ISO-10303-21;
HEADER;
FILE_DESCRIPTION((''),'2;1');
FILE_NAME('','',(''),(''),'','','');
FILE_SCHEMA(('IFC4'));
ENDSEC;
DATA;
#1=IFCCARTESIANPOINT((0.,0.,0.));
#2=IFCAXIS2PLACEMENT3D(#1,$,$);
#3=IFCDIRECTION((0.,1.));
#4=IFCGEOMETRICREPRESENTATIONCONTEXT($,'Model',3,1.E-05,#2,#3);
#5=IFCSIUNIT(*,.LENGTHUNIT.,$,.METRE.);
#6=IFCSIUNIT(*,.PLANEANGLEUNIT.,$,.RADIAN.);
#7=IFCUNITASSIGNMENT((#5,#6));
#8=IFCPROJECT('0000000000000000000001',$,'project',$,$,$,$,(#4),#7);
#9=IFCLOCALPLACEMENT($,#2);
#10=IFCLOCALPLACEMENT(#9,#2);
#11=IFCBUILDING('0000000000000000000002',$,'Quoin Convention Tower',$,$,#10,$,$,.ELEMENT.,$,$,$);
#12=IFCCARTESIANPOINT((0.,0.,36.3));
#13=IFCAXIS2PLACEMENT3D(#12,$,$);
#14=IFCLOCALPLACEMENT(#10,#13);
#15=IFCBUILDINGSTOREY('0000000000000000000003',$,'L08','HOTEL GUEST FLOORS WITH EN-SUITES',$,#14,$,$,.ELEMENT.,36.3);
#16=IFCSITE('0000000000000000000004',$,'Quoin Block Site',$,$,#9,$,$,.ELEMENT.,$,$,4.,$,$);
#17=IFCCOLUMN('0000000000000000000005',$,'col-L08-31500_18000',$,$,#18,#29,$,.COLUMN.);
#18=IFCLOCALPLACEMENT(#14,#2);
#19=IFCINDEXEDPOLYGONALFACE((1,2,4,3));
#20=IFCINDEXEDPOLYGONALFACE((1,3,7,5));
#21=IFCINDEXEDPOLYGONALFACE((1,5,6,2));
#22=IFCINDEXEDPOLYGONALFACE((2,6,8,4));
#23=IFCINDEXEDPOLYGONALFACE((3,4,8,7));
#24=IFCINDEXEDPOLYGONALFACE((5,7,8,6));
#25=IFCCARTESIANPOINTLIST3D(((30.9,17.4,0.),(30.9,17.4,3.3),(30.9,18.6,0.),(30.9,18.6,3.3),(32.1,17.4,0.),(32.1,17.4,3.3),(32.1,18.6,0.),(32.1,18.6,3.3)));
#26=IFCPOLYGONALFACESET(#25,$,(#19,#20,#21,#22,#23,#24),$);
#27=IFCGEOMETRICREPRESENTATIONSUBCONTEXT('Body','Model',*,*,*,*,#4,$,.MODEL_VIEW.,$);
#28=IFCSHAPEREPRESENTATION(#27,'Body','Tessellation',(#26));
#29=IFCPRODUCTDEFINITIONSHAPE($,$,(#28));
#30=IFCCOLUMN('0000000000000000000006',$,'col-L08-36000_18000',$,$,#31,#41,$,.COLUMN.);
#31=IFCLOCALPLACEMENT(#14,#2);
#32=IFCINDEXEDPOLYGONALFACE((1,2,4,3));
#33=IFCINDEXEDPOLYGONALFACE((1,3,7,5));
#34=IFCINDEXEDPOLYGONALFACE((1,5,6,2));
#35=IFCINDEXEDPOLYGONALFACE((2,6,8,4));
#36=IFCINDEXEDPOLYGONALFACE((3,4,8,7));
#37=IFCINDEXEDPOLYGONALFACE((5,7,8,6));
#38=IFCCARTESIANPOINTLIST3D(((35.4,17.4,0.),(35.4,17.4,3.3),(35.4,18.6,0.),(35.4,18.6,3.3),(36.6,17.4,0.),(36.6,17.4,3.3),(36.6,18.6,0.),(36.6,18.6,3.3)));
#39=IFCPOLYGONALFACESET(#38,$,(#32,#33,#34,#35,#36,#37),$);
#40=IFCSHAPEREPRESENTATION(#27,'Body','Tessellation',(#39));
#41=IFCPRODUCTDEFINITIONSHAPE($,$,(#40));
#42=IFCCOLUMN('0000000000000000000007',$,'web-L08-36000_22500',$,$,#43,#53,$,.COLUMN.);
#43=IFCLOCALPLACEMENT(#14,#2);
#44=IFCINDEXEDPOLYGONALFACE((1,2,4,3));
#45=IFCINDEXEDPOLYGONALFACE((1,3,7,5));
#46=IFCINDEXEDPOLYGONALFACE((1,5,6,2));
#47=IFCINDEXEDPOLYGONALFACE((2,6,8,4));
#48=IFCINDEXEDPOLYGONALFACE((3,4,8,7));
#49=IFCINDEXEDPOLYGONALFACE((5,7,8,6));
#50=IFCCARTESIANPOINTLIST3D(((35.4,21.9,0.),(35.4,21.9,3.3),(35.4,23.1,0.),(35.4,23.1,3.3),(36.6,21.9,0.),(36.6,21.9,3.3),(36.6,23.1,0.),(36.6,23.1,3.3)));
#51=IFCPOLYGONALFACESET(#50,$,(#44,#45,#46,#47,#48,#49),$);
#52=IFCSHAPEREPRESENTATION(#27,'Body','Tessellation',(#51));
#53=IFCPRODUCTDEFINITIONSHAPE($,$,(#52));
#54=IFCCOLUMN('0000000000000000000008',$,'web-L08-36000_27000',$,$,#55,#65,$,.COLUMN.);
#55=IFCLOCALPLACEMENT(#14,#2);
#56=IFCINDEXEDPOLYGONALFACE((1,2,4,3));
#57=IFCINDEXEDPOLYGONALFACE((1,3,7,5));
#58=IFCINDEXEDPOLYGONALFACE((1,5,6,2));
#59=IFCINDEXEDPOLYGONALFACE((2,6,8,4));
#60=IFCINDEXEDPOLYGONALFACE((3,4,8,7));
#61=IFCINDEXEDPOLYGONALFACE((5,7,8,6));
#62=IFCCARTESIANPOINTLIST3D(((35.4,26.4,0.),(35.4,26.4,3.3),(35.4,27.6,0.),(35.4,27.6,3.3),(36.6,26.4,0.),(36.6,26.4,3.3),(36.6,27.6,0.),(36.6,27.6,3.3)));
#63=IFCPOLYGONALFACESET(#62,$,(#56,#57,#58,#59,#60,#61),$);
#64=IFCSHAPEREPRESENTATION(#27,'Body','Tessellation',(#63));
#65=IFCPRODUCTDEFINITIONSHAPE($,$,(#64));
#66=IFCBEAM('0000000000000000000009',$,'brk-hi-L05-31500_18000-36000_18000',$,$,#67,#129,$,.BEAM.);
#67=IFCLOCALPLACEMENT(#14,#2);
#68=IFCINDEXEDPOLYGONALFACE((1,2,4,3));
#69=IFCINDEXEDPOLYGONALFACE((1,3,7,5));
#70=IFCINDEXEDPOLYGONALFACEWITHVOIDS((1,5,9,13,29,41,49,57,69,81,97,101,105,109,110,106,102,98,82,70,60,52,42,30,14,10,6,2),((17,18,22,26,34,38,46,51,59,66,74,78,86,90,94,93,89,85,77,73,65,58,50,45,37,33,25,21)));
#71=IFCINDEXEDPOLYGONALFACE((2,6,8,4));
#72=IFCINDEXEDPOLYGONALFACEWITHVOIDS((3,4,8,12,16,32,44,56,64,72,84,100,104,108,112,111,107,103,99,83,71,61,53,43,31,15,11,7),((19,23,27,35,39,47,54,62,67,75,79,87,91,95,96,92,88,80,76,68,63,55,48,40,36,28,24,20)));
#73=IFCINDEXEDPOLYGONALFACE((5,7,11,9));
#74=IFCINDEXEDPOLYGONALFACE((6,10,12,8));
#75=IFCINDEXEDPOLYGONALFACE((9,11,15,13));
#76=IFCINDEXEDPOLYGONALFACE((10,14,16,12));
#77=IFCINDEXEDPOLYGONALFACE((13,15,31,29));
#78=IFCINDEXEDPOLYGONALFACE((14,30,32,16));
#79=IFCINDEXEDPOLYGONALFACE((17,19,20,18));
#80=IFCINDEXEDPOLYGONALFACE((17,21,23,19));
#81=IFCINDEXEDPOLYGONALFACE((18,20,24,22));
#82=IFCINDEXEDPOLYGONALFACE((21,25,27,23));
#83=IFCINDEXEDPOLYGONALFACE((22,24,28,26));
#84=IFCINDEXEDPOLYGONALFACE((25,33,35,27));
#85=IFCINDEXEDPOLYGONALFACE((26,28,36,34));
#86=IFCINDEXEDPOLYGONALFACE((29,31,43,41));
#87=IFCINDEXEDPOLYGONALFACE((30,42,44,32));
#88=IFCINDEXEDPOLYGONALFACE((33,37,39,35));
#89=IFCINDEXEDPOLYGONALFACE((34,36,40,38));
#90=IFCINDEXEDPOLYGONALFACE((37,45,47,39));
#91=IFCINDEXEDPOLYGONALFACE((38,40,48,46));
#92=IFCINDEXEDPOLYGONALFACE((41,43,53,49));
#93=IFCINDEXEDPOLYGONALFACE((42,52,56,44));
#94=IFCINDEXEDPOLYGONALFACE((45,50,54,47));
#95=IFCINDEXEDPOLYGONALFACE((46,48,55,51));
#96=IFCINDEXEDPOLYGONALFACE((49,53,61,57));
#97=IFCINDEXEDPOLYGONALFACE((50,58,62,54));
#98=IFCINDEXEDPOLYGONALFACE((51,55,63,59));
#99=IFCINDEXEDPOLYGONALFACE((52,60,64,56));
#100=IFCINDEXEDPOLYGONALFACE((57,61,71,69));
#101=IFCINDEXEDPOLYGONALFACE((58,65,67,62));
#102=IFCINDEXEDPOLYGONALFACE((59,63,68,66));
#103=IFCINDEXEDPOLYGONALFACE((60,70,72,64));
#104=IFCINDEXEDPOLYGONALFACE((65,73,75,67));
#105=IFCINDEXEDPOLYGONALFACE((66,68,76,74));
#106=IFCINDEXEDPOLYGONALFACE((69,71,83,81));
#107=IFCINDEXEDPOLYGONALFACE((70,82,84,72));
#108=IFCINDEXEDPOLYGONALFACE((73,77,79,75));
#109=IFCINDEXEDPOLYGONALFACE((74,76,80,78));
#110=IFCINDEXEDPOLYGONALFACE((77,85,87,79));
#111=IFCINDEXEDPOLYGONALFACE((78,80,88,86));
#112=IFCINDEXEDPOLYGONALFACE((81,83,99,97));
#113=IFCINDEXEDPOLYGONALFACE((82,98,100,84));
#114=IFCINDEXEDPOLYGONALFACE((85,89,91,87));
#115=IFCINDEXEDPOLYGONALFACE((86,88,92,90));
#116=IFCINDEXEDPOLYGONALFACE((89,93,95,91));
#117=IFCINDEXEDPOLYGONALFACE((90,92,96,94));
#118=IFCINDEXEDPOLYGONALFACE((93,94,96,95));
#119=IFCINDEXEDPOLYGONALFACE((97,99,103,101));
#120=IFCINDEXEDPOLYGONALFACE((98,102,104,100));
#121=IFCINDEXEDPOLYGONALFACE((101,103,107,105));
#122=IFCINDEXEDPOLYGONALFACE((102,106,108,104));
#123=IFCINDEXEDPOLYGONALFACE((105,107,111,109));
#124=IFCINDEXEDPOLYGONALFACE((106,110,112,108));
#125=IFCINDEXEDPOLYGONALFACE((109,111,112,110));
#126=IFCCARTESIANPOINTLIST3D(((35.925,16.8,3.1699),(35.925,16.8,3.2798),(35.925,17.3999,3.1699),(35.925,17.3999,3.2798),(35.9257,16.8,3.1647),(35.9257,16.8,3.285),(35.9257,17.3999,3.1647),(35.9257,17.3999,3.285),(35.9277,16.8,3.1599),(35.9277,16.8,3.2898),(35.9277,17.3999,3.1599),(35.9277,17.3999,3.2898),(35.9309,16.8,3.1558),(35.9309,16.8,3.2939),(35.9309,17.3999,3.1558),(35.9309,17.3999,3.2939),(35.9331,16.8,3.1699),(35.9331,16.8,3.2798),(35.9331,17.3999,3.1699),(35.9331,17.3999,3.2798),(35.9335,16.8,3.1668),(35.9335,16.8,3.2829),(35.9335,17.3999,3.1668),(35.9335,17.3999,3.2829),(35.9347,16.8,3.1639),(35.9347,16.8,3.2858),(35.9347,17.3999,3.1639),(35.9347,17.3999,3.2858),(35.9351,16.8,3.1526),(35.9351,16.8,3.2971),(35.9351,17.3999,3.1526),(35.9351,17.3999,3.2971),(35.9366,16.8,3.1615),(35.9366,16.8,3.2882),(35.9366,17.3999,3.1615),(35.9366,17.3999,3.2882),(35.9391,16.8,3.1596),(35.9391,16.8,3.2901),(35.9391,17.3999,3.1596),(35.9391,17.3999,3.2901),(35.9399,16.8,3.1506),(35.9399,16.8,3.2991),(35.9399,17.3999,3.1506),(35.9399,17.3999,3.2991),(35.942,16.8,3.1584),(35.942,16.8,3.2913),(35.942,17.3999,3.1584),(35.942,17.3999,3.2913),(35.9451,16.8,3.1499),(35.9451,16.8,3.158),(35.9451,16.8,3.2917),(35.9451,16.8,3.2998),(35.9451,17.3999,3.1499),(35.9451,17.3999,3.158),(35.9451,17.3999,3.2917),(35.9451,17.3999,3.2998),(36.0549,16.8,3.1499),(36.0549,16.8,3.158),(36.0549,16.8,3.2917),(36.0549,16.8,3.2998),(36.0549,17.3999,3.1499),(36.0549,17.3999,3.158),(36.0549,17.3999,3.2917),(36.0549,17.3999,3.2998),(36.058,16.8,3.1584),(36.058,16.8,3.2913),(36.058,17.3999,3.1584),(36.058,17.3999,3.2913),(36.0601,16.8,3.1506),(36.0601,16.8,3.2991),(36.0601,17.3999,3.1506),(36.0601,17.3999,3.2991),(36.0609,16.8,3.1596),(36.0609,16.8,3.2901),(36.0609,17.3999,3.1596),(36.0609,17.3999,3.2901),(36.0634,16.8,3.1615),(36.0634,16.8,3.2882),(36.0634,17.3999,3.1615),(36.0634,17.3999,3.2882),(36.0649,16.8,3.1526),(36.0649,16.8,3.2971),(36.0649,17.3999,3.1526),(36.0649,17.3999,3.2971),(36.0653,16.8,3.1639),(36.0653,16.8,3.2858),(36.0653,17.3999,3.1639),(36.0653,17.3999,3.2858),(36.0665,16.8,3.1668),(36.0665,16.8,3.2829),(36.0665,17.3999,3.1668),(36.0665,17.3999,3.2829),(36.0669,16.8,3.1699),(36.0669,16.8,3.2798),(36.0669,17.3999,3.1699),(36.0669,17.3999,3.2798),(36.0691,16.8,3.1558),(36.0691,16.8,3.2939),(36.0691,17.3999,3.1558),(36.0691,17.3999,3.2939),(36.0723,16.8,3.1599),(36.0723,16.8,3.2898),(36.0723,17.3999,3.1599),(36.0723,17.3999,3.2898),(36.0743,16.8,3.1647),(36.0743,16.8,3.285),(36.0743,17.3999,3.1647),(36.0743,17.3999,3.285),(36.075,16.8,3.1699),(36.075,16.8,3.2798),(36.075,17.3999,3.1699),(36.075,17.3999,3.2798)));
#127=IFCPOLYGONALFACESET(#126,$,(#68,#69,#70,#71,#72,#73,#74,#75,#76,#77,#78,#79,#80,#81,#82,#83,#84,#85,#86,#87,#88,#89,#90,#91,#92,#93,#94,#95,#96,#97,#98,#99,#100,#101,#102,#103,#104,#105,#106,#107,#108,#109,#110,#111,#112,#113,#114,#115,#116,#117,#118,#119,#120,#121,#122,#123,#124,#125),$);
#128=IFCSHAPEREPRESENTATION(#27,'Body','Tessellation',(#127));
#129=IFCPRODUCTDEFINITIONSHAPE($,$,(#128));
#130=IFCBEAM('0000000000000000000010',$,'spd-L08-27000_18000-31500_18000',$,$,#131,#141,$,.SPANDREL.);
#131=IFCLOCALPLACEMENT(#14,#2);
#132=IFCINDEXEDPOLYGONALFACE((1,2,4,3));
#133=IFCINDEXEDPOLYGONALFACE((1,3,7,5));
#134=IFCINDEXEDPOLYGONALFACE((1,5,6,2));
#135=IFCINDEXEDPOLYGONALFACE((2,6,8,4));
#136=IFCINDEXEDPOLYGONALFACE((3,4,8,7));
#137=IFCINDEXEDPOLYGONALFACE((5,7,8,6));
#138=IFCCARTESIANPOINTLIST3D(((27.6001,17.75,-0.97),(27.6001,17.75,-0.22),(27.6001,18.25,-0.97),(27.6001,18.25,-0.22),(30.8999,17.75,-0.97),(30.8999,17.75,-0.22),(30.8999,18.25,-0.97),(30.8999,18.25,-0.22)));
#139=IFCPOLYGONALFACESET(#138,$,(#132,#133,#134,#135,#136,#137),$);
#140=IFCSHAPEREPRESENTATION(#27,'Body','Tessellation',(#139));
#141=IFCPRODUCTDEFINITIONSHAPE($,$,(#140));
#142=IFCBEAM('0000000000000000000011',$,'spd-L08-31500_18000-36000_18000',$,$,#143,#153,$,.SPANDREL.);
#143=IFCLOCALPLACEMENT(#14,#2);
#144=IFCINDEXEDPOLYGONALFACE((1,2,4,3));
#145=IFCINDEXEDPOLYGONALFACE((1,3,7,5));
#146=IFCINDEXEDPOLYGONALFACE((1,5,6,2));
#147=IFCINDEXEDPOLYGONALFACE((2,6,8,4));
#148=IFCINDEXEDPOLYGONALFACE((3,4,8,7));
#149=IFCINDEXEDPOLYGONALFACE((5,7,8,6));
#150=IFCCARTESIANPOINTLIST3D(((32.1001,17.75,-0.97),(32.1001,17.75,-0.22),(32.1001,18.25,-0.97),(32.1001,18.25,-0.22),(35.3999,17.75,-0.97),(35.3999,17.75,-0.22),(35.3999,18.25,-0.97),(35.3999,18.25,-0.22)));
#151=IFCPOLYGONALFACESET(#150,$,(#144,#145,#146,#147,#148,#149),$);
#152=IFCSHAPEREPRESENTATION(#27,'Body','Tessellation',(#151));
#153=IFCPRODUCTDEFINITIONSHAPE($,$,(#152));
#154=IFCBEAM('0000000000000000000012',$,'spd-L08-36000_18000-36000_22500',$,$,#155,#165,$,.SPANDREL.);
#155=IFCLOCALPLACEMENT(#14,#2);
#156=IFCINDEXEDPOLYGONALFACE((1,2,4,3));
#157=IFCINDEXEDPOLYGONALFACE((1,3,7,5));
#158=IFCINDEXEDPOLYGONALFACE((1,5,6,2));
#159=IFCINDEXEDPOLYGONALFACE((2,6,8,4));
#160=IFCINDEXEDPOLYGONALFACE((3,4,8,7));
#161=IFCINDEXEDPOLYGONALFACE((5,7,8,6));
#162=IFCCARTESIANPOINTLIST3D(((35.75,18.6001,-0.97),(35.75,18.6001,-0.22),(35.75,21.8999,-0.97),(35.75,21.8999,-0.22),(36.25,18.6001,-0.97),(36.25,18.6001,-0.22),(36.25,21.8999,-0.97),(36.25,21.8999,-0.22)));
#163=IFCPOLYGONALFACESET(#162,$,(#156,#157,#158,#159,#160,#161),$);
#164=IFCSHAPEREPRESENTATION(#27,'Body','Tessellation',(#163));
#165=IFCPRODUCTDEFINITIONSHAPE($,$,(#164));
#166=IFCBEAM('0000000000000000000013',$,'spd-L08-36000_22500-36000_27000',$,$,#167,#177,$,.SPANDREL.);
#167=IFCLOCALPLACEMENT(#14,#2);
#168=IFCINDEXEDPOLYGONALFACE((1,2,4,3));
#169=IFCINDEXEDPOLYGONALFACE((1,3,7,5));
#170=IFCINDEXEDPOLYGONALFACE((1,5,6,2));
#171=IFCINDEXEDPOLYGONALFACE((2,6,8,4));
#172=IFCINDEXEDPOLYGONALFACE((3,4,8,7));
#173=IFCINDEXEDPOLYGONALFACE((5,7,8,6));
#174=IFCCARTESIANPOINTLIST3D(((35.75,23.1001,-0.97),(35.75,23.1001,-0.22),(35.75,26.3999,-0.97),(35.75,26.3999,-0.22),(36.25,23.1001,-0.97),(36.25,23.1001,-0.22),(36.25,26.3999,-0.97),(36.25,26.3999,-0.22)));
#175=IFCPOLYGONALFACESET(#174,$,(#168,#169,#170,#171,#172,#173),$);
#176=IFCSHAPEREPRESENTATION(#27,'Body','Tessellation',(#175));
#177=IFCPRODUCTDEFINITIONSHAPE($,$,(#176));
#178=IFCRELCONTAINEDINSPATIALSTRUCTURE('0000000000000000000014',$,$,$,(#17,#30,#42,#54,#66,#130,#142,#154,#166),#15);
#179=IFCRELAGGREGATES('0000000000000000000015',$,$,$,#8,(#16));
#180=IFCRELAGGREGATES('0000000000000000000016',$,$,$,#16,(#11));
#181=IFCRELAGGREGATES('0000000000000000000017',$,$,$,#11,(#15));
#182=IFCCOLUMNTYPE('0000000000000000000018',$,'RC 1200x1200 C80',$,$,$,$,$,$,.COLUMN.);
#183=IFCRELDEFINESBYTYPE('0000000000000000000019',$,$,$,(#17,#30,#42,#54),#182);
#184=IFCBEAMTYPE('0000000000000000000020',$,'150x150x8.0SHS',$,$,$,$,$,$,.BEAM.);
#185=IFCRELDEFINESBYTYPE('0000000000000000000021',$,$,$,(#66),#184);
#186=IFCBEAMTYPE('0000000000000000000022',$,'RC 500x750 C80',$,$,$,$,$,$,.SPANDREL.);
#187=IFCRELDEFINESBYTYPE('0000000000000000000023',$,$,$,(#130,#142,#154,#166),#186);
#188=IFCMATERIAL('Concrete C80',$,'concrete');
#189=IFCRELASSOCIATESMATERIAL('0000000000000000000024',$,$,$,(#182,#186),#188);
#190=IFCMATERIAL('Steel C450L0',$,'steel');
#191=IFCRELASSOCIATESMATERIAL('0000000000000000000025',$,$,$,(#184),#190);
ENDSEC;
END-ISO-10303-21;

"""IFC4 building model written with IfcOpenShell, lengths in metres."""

from ifc_helpers import new_model, si_unit, direction, frame, origin, origin_2d, place, context, subcontext, project, spatial, rectangle, hollow_rectangle, extrude, material, material_profile, profile_set, type_object, element, save


model = new_model("IFC4")

# Units and contexts
model_context = context("Model", 3, precision=1e-05, world=origin(), true_north=direction((0.0, 1.0)))
body_context = subcontext(model_context, "Body", "Model", "MODEL_VIEW")
ifc_project = project(units=[si_unit("LENGTHUNIT", "METRE"), si_unit("PLANEANGLEUNIT", "RADIAN")], contexts=[model_context])

# Site, building, storey
site_placement = place(None, origin())
site = spatial("IfcSite", under=ifc_project, at=site_placement, Name="Quoin Block Site", CompositionType="ELEMENT", RefElevation=4.0)
building_placement = place(site_placement, origin())
building = spatial("IfcBuilding", under=site, at=building_placement, Name="Quoin Convention Tower", CompositionType="ELEMENT")
storey_placement = place(building_placement, frame((0.0, 0.0, 36.3)))
storey = spatial("IfcBuildingStorey", under=building, at=storey_placement, Name="L08", Description="HOTEL GUEST FLOORS WITH EN-SUITES", CompositionType="ELEMENT", Elevation=36.3)

# Columns
ifc_material_1 = material(Name="Concrete C80", Category="concrete")
ifc_material_profile_1 = material_profile(ifc_material_1, rectangle(XDim=1.2, YDim=1.2, at=origin_2d()), Name="RC 1200x1200")
ifc_profile_set_1 = profile_set([ifc_material_profile_1], Name="Concrete C80")
column_type = type_object("IfcColumnType", Name="RC 1200x1200 C80", PredefinedType="COLUMN", material=ifc_profile_set_1)
for number, where, z_axis, x_axis, name in (
    (1, (31.5, 18.0, 0.0), (0.0, 0.0, 1.0), (1.0, 0.0, 0.0), "col-L08-31500_18000"),
    (2, (36.0, 18.0, 0.0), (0.0, 0.0, 1.0), (1.0, 0.0, 0.0), "col-L08-36000_18000"),
    (3, (36.0, 22.5, 0.0), (0.0, 0.0, 1.0), (1.0, 0.0, 0.0), "web-L08-36000_22500"),
    (4, (36.0, 27.0, 0.0), (0.0, 0.0, 1.0), (1.0, 0.0, 0.0), "web-L08-36000_27000"),
):
    element("IfcColumn", number, at=place(storey_placement, frame(where, z_axis=z_axis, x_axis=x_axis)), inside=storey, type_object=column_type, Name=name, PredefinedType="COLUMN", context=body_context, shape_type="SweptSolid", body=[
        extrude(rectangle(XDim=1.2, YDim=1.2, at=origin_2d()), origin(), (0.0, 0.0, 1.0), 3.3),
    ])

# Beams
ifc_material_2 = material(Name="Steel C450L0", Category="steel")
ifc_material_profile_2 = material_profile(ifc_material_2, hollow_rectangle(XDim=0.1499, YDim=0.1499, WallThickness=0.0081, InnerFilletRadius=0.012, OuterFilletRadius=0.02, at=origin_2d()), Name="150x150x8.0SHS")
ifc_profile_set_2 = profile_set([ifc_material_profile_2], Name="Steel C450L0")
beam_type_1 = type_object("IfcBeamType", Name="150x150x8.0SHS", PredefinedType="BEAM", material=ifc_profile_set_2)
beam_placement = place(storey_placement, frame((36.0, 17.3999, 3.2249), z_axis=(0.0, -1.0, 0.0), x_axis=(1.0, 0.0, 0.0)))
element("IfcBeam", 5, at=beam_placement, inside=storey, type_object=beam_type_1, Name="brk-hi-L05-31500_18000-36000_18000", PredefinedType="BEAM", context=body_context, shape_type="SweptSolid", body=[
    extrude(hollow_rectangle(XDim=0.1499, YDim=0.1499, WallThickness=0.0081, InnerFilletRadius=0.012, OuterFilletRadius=0.02, at=origin_2d()), origin(), (0.0, 0.0, 1.0), 0.5999),
])
ifc_material_profile_3 = material_profile(ifc_material_1, rectangle(XDim=0.5, YDim=0.75, at=origin_2d()), Name="RC 500x750")
ifc_profile_set_3 = profile_set([ifc_material_profile_3], Name="Concrete C80")
beam_type_2 = type_object("IfcBeamType", Name="RC 500x750 C80", PredefinedType="SPANDREL", material=ifc_profile_set_3)
for number, where, z_axis, x_axis, name in (
    (6, (27.6001, 18.0, -0.595), (1.0, 0.0, 0.0), (0.0, 1.0, 0.0), "spd-L08-27000_18000-31500_18000"),
    (7, (32.1001, 18.0, -0.595), (1.0, 0.0, 0.0), (0.0, 1.0, 0.0), "spd-L08-31500_18000-36000_18000"),
    (8, (36.0, 18.6001, -0.595), (0.0, 1.0, 0.0), (-1.0, 0.0, 0.0), "spd-L08-36000_18000-36000_22500"),
    (9, (36.0, 23.1001, -0.595), (0.0, 1.0, 0.0), (-1.0, 0.0, 0.0), "spd-L08-36000_22500-36000_27000"),
):
    element("IfcBeam", number, at=place(storey_placement, frame(where, z_axis=z_axis, x_axis=x_axis)), inside=storey, type_object=beam_type_2, Name=name, PredefinedType="SPANDREL", context=body_context, shape_type="SweptSolid", body=[
        extrude(rectangle(XDim=0.5, YDim=0.75, at=origin_2d()), origin(), (0.0, 0.0, 1.0), 3.2998),
    ])

save(model, "model.ifc")
